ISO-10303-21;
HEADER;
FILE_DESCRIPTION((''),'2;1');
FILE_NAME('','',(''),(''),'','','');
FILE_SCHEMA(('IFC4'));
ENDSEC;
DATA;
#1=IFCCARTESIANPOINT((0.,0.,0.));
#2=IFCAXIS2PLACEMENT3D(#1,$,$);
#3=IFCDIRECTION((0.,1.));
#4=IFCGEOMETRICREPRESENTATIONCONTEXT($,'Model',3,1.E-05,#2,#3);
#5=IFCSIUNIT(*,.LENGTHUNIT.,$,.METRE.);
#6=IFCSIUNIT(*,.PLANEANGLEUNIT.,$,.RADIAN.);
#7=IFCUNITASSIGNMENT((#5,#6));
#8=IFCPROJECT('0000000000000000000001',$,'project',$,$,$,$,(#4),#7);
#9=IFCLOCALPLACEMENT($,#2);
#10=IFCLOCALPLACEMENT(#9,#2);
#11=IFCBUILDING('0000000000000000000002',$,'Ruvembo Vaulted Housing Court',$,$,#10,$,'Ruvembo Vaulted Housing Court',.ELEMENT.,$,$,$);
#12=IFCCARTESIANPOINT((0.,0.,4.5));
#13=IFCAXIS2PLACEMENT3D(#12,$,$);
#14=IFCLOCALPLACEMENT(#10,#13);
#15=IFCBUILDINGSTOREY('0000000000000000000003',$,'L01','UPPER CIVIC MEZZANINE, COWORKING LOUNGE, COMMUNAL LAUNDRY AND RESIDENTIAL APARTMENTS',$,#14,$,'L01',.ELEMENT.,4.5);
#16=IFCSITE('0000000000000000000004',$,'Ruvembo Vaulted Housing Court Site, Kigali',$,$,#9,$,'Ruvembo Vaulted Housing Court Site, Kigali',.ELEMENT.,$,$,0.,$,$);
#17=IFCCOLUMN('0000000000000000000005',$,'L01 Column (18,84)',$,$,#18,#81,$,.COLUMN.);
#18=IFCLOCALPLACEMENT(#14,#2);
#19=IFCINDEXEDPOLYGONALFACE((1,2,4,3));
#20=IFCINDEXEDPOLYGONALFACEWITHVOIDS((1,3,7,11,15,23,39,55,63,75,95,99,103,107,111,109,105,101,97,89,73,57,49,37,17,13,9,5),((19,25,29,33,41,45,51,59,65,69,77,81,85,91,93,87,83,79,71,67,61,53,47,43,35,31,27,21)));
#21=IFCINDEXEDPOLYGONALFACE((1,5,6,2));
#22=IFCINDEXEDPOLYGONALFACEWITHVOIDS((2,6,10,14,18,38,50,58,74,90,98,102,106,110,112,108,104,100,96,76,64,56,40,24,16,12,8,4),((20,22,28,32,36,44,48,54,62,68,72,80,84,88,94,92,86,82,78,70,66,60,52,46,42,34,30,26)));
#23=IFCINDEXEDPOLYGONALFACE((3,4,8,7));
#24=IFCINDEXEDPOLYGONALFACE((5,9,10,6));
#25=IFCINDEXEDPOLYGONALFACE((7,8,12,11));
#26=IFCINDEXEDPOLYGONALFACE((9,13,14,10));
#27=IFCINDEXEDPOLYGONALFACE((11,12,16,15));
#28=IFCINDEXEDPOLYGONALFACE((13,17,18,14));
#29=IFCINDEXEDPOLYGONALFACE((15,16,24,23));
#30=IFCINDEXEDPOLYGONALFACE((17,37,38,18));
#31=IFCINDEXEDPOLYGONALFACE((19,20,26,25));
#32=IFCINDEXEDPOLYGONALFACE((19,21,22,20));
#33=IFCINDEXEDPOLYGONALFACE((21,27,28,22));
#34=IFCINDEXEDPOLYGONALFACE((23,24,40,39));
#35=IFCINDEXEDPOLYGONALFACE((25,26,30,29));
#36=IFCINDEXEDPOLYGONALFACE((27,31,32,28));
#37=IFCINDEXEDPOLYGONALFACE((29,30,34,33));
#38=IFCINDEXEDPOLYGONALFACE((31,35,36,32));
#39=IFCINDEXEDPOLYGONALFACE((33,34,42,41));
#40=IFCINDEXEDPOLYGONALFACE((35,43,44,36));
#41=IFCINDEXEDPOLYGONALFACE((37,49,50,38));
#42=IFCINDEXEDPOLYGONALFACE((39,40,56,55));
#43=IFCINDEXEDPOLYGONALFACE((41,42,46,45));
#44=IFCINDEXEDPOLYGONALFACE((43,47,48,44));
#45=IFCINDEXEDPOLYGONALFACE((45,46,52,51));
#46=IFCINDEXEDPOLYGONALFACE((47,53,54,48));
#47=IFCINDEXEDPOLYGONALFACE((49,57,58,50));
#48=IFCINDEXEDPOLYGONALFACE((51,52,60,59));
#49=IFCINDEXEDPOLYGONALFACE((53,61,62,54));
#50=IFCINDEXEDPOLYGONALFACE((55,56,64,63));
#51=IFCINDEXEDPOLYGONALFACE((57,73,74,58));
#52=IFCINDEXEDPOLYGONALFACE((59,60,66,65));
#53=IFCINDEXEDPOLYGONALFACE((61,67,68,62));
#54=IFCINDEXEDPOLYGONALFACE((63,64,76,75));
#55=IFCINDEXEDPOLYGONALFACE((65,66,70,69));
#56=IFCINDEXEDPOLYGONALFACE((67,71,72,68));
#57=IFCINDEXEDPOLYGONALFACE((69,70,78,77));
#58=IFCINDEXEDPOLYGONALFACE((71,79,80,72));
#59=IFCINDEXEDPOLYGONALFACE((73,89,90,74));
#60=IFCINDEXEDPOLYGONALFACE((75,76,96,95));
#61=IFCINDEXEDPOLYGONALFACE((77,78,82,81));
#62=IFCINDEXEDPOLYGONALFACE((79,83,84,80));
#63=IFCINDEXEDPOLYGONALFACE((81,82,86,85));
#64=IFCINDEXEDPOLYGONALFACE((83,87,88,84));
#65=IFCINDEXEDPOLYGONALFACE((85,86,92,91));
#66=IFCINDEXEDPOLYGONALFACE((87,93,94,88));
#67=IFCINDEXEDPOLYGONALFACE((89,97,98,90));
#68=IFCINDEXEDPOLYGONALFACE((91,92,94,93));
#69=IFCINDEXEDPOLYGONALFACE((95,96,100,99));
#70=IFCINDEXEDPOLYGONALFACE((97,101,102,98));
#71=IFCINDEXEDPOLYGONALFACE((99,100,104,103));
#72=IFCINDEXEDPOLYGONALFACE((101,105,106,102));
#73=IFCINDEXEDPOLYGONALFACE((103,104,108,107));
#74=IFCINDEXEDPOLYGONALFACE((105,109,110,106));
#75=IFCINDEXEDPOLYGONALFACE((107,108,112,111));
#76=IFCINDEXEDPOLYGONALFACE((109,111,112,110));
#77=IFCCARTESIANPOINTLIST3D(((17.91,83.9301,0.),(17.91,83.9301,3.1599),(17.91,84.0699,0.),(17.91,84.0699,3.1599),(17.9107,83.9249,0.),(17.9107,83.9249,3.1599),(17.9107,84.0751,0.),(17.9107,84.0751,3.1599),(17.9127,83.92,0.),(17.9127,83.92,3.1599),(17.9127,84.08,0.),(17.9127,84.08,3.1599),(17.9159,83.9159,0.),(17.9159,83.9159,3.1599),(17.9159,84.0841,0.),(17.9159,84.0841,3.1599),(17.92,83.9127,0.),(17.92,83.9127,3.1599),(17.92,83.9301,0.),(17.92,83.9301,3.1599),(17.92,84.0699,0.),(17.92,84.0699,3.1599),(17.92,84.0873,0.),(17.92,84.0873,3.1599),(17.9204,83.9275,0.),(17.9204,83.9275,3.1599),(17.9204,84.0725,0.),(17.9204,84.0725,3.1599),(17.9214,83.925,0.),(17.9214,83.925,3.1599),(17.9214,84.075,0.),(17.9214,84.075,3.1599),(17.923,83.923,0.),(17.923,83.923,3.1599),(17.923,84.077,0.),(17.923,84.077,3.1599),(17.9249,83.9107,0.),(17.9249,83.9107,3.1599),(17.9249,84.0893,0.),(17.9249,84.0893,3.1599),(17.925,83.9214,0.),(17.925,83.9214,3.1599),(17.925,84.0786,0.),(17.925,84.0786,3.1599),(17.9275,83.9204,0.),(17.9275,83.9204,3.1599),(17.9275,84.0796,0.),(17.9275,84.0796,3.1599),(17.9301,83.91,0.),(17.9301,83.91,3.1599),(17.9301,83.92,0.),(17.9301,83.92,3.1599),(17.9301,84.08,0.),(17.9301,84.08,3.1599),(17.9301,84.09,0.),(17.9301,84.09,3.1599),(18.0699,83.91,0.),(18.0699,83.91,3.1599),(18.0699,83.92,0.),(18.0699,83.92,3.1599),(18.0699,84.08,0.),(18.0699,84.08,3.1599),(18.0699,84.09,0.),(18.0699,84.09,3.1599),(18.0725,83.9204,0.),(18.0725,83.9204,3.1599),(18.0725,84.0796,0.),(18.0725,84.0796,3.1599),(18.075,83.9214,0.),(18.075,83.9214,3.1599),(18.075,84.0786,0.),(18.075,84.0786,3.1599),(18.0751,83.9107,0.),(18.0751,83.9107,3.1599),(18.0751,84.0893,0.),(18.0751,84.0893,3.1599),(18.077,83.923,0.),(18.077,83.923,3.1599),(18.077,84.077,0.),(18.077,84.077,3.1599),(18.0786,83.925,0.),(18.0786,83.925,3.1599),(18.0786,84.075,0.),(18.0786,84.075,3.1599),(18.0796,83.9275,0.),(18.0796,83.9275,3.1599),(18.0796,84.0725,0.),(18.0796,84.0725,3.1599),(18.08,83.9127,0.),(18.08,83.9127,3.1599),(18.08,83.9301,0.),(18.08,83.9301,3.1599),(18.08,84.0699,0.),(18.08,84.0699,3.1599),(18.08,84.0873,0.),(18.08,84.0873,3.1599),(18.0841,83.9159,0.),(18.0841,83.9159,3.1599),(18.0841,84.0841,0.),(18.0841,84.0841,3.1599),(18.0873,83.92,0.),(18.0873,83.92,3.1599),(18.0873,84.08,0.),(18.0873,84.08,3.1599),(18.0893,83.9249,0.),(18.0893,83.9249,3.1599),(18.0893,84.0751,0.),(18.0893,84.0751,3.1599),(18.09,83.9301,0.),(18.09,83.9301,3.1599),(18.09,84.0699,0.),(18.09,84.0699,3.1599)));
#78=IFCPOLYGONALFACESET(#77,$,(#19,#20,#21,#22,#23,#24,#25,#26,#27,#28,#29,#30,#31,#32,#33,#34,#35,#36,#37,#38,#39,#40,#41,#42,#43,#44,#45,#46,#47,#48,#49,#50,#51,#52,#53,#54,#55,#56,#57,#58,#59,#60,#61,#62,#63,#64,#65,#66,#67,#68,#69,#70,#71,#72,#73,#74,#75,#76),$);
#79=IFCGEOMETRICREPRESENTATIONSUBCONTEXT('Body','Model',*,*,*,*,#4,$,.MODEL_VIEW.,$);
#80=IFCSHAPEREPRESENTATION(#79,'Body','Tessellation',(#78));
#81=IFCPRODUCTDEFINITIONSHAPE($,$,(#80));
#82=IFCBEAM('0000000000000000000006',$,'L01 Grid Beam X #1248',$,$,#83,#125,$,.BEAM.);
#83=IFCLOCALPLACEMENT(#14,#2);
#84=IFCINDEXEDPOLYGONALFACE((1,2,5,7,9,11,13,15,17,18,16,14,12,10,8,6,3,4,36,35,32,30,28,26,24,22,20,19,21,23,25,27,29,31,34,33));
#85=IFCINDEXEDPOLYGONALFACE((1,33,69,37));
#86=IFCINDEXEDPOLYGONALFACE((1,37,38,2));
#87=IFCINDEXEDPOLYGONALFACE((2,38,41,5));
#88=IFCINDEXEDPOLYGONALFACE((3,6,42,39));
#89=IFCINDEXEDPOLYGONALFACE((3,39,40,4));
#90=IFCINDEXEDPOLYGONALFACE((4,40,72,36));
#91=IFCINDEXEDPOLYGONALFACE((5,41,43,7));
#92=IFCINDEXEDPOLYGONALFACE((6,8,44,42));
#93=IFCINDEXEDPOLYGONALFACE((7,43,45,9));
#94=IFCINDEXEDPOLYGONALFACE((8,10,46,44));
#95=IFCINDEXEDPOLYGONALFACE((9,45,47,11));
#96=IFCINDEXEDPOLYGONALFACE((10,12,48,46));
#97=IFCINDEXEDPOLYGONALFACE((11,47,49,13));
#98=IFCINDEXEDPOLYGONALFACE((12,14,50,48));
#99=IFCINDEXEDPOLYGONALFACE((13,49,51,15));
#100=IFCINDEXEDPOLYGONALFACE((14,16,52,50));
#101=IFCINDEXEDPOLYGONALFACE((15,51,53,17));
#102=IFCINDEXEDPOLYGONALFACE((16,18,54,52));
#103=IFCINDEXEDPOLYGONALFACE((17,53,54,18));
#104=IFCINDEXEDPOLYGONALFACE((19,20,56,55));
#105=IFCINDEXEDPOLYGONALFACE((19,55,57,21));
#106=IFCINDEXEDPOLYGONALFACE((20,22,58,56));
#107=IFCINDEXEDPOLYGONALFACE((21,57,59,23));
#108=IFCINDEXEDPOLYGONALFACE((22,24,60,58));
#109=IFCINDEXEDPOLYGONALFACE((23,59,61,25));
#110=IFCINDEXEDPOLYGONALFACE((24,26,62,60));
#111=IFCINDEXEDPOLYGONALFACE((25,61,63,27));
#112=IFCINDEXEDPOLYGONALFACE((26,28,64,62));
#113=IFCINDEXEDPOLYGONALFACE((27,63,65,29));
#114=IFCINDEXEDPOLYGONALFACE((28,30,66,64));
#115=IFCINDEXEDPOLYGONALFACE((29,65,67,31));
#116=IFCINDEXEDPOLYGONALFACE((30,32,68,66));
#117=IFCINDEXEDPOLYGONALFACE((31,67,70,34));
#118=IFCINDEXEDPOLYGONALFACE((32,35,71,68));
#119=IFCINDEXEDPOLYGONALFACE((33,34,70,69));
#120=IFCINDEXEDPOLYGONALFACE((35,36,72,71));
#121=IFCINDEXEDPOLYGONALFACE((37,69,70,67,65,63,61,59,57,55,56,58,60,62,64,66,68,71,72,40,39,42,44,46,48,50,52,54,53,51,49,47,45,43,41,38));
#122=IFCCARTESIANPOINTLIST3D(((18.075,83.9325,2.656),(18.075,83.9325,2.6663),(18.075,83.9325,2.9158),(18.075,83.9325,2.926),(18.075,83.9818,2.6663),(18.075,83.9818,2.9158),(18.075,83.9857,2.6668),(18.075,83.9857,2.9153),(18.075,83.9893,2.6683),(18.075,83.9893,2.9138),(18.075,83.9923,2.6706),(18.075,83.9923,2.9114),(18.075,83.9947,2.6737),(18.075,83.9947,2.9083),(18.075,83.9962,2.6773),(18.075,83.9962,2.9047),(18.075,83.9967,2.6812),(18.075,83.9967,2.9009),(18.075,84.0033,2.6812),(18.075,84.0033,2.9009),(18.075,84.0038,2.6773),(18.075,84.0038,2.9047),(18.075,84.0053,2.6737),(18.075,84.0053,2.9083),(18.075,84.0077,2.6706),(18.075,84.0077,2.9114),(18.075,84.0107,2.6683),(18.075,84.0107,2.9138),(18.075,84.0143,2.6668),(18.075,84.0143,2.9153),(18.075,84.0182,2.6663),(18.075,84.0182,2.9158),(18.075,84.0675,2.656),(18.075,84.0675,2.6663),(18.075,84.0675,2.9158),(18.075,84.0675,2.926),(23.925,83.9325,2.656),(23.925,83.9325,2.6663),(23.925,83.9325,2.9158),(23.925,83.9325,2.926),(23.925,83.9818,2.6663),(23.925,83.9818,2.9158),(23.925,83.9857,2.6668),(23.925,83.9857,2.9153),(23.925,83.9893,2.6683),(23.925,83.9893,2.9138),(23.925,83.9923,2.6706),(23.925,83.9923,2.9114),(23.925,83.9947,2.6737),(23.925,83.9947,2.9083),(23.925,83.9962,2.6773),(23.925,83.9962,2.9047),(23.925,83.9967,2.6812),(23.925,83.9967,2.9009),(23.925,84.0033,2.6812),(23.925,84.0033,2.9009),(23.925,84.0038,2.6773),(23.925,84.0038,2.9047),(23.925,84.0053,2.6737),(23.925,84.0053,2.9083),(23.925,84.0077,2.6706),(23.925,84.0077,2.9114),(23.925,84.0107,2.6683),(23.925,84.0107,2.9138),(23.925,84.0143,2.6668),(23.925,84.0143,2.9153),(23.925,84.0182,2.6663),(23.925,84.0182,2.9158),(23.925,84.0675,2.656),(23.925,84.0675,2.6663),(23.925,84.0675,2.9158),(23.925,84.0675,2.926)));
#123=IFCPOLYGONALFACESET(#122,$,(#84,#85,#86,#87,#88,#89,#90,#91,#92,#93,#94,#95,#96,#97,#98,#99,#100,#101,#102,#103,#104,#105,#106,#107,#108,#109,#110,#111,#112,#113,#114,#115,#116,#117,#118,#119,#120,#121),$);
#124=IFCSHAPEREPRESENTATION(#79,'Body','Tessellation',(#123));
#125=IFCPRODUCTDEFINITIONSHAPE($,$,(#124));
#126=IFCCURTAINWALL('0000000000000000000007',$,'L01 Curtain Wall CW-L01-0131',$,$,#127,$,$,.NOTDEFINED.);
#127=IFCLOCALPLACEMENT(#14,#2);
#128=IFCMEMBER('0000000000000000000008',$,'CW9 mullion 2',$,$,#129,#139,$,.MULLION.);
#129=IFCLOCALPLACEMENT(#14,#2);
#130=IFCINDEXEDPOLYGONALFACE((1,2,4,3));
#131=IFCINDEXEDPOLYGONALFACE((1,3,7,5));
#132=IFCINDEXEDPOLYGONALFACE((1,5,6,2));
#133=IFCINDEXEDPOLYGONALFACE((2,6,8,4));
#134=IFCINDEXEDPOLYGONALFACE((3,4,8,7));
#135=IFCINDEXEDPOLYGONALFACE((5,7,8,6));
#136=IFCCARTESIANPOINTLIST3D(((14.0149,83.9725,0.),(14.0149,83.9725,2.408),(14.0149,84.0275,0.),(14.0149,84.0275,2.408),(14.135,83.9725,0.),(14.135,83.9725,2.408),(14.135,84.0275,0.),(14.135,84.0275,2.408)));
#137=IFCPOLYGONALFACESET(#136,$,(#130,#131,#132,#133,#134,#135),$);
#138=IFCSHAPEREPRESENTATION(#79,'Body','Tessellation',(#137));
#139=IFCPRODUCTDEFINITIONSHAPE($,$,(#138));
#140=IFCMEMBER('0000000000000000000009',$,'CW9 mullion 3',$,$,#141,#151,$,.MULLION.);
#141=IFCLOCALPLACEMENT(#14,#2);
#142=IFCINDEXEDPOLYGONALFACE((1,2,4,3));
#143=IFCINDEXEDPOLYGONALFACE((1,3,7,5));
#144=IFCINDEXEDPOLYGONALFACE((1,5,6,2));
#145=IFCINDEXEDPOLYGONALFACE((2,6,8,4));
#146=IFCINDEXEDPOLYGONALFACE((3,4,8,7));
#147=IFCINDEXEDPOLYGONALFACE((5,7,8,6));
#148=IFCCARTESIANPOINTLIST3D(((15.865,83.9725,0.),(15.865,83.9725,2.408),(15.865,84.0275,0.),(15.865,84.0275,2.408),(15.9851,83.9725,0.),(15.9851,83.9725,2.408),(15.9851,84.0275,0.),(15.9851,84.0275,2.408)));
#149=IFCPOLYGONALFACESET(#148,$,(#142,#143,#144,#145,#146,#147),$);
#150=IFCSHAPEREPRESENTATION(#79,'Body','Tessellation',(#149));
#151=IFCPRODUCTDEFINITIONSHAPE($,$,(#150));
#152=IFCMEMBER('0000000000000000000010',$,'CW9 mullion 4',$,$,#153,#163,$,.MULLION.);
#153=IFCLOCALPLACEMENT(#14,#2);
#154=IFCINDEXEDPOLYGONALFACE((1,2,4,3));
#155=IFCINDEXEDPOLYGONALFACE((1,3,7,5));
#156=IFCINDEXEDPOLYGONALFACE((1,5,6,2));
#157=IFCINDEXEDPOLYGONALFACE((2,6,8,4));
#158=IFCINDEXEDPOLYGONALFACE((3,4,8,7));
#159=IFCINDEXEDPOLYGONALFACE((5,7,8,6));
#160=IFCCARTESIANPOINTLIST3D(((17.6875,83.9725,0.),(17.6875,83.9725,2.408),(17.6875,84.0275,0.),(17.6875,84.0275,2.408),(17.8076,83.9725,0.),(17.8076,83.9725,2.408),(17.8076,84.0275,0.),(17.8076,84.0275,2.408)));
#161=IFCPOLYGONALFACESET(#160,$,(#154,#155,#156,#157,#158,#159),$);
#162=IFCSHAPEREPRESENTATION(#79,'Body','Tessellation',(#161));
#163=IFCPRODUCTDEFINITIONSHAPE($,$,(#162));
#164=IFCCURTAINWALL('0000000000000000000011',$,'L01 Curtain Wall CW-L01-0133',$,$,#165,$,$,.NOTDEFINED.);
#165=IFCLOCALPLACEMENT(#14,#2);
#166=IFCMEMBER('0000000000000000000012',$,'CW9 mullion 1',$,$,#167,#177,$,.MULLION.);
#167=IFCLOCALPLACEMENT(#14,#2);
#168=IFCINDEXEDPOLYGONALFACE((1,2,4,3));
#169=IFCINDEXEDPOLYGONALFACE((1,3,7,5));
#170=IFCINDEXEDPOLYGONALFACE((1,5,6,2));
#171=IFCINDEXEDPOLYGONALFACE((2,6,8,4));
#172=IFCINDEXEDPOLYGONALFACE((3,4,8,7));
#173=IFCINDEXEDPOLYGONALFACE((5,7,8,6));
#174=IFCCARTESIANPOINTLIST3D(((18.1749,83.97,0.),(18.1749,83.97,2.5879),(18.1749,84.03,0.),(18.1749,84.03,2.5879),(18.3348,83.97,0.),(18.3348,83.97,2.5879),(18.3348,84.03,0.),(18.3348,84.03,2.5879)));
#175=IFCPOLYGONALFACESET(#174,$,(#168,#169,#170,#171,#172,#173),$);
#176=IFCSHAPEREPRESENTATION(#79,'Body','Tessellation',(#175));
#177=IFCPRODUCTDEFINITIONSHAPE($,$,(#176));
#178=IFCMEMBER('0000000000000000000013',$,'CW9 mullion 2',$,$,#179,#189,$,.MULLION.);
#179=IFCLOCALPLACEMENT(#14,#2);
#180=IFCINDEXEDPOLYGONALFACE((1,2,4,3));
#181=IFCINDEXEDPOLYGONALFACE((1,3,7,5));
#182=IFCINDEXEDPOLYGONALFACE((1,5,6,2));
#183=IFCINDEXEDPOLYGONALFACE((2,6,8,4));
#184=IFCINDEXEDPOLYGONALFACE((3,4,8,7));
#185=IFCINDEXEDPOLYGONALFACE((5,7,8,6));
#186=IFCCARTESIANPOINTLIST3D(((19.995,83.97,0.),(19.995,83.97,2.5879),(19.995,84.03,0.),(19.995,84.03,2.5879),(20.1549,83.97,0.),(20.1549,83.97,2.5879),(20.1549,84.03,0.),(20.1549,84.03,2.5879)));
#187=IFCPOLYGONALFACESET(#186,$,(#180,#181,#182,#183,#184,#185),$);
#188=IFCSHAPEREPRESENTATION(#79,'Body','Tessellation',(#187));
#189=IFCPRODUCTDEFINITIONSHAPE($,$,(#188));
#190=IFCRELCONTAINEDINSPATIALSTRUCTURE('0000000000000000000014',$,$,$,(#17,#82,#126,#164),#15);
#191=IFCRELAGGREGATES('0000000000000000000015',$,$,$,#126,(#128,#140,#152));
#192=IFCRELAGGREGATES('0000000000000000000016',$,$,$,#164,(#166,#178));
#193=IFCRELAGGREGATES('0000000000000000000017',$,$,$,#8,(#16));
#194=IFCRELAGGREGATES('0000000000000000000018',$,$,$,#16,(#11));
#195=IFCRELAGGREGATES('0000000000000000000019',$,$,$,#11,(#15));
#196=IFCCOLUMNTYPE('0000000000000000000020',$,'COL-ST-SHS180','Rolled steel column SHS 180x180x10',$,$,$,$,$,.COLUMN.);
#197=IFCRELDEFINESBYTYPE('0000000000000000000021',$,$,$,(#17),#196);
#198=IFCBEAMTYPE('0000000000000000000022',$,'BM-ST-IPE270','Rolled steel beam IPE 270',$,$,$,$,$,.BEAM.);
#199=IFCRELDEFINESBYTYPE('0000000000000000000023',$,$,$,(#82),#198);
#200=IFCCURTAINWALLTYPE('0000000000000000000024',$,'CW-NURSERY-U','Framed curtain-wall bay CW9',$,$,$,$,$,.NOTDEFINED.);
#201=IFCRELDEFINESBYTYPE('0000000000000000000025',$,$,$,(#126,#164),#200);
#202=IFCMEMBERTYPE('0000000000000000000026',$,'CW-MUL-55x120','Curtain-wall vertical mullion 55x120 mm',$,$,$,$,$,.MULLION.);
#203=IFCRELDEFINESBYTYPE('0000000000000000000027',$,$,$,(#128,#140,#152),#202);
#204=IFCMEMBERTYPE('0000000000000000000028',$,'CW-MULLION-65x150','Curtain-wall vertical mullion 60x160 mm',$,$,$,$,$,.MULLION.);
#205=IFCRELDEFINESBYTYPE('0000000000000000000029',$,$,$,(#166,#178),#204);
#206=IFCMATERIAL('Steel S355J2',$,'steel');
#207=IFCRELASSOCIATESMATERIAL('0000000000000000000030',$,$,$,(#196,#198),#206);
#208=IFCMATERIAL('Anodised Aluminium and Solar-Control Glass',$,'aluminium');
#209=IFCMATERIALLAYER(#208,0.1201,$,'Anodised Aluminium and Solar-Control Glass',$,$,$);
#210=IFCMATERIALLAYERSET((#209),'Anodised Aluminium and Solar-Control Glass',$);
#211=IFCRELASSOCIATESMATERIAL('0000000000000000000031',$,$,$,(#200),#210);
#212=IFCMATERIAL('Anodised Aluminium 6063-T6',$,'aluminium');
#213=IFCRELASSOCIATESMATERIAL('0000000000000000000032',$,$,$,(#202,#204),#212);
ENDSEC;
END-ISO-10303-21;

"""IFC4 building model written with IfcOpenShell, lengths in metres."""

from ifc_helpers import new_model, si_unit, direction, frame, origin, origin_2d, place, context, subcontext, project, spatial, rectangle, hollow_rectangle, i_section, extrude, material, layer, layer_set, material_profile, profile_set, type_object, element, aggregate, save


model = new_model("IFC4")

# Units and contexts
model_context = context("Model", 3, precision=1e-05, world=origin(), true_north=direction((0.0, 1.0)))
body_context = subcontext(model_context, "Body", "Model", "MODEL_VIEW")
ifc_project = project(units=[si_unit("LENGTHUNIT", "METRE"), si_unit("PLANEANGLEUNIT", "RADIAN")], contexts=[model_context])

# Site, building, storey
site_placement = place(None, origin())
site = spatial("IfcSite", under=ifc_project, at=site_placement, Name="Ruvembo Vaulted Housing Court Site, Kigali", LongName="Ruvembo Vaulted Housing Court Site, Kigali", CompositionType="ELEMENT", RefElevation=0.0)
building_placement = place(site_placement, origin())
building = spatial("IfcBuilding", under=site, at=building_placement, Name="Ruvembo Vaulted Housing Court", LongName="Ruvembo Vaulted Housing Court", CompositionType="ELEMENT")
storey_placement = place(building_placement, frame((0.0, 0.0, 4.5)))
storey = spatial("IfcBuildingStorey", under=building, at=storey_placement, Name="L01", Description="UPPER CIVIC MEZZANINE, COWORKING LOUNGE, COMMUNAL LAUNDRY AND RESIDENTIAL APARTMENTS", LongName="L01", CompositionType="ELEMENT", Elevation=4.5)

# Column
ifc_material_1 = material(Name="Steel S355J2", Category="steel")
ifc_material_profile_1 = material_profile(ifc_material_1, hollow_rectangle(XDim=0.1799, YDim=0.1799, WallThickness=0.01, InnerFilletRadius=0.01, OuterFilletRadius=0.02, at=origin_2d()), Name="SHS 180x180x10")
ifc_profile_set_1 = profile_set([ifc_material_profile_1], Name="Steel S355J2")
column_type = type_object("IfcColumnType", Name="COL-ST-SHS180", Description="Rolled steel column SHS 180x180x10", PredefinedType="COLUMN", material=ifc_profile_set_1)
column_placement = place(storey_placement, frame((18.0, 84.0, 0.0), z_axis=(0.0, 0.0, 1.0), x_axis=(1.0, 0.0, 0.0)))
element("IfcColumn", 1, at=column_placement, inside=storey, type_object=column_type, Name="L01 Column (18,84)", PredefinedType="COLUMN", context=body_context, shape_type="SweptSolid", body=[
    extrude(hollow_rectangle(XDim=0.1799, YDim=0.1799, WallThickness=0.01, InnerFilletRadius=0.01, OuterFilletRadius=0.02, at=origin_2d()), origin(), (0.0, 0.0, 1.0), 3.1599),
])

# Beam
ifc_material_profile_2 = material_profile(ifc_material_1, i_section(OverallWidth=0.135, OverallDepth=0.27, WebThickness=0.0066, FlangeThickness=0.0103, FilletRadius=0.0149, at=origin_2d()), Name="IPE 270")
ifc_profile_set_2 = profile_set([ifc_material_profile_2], Name="Steel S355J2")
beam_type = type_object("IfcBeamType", Name="BM-ST-IPE270", Description="Rolled steel beam IPE 270", PredefinedType="BEAM", material=ifc_profile_set_2)
beam_placement = place(storey_placement, frame((18.075, 84.0, 2.791), z_axis=(1.0, 0.0, 0.0), x_axis=(0.0, 1.0, 0.0)))
element("IfcBeam", 2, at=beam_placement, inside=storey, type_object=beam_type, Name="L01 Grid Beam X #1248", PredefinedType="BEAM", context=body_context, shape_type="SweptSolid", body=[
    extrude(i_section(OverallWidth=0.135, OverallDepth=0.27, WebThickness=0.0066, FlangeThickness=0.0103, FilletRadius=0.0149, at=origin_2d()), origin(), (0.0, 0.0, 1.0), 5.8501),
])

# Curtain walls, members
ifc_material_2 = material(Name="Anodised Aluminium and Solar-Control Glass", Category="aluminium")
ifc_layer_1 = layer(ifc_material_2, 0.1201, Name="Anodised Aluminium and Solar-Control Glass")
ifc_layer_set_1 = layer_set([ifc_layer_1], Name="Anodised Aluminium and Solar-Control Glass")
curtain_wall_type = type_object("IfcCurtainWallType", Name="CW-NURSERY-U", Description="Framed curtain-wall bay CW9", PredefinedType="NOTDEFINED", material=ifc_layer_set_1)
curtain_wall_1_placement = place(storey_placement, origin())
curtain_wall_1 = element("IfcCurtainWall", 3, at=curtain_wall_1_placement, inside=storey, type_object=curtain_wall_type, Name="L01 Curtain Wall CW-L01-0131", PredefinedType="NOTDEFINED")
ifc_material_3 = material(Name="Anodised Aluminium 6063-T6", Category="aluminium")
ifc_material_profile_3 = material_profile(ifc_material_3, rectangle(XDim=0.0549, YDim=0.1201, at=origin_2d()), Name="ALU 55x120")
ifc_profile_set_3 = profile_set([ifc_material_profile_3], Name="Anodised Aluminium 6063-T6")
member_type_1 = type_object("IfcMemberType", Name="CW-MUL-55x120", Description="Curtain-wall vertical mullion 55x120 mm", PredefinedType="MULLION", material=ifc_profile_set_3)
member_1_placement = place(storey_placement, frame((14.075, 84.0, 0.0), z_axis=(0.0, 0.0, 1.0), x_axis=(0.0, 1.0, 0.0)))
member_1 = element("IfcMember", 4, at=member_1_placement, type_object=member_type_1, Name="CW9 mullion 2", PredefinedType="MULLION", context=body_context, shape_type="SweptSolid", body=[
    extrude(rectangle(XDim=0.0549, YDim=0.1201, at=origin_2d()), origin(), (0.0, 0.0, 1.0), 2.408),
])
member_2_placement = place(storey_placement, frame((15.925, 84.0, 0.0), z_axis=(0.0, 0.0, 1.0), x_axis=(0.0, 1.0, 0.0)))
member_2 = element("IfcMember", 5, at=member_2_placement, type_object=member_type_1, Name="CW9 mullion 3", PredefinedType="MULLION", context=body_context, shape_type="SweptSolid", body=[
    extrude(rectangle(XDim=0.0549, YDim=0.1201, at=origin_2d()), origin(), (0.0, 0.0, 1.0), 2.408),
])
member_3_placement = place(storey_placement, frame((17.7476, 84.0, 0.0), z_axis=(0.0, 0.0, 1.0), x_axis=(0.0, 1.0, 0.0)))
member_3 = element("IfcMember", 6, at=member_3_placement, type_object=member_type_1, Name="CW9 mullion 4", PredefinedType="MULLION", context=body_context, shape_type="SweptSolid", body=[
    extrude(rectangle(XDim=0.0549, YDim=0.1201, at=origin_2d()), origin(), (0.0, 0.0, 1.0), 2.408),
])
curtain_wall_2_placement = place(storey_placement, origin())
curtain_wall_2 = element("IfcCurtainWall", 7, at=curtain_wall_2_placement, inside=storey, type_object=curtain_wall_type, Name="L01 Curtain Wall CW-L01-0133", PredefinedType="NOTDEFINED")
ifc_material_profile_4 = material_profile(ifc_material_3, rectangle(XDim=0.0601, YDim=0.1599, at=origin_2d()), Name="ALU 60x160")
ifc_profile_set_4 = profile_set([ifc_material_profile_4], Name="Anodised Aluminium 6063-T6")
member_type_2 = type_object("IfcMemberType", Name="CW-MULLION-65x150", Description="Curtain-wall vertical mullion 60x160 mm", PredefinedType="MULLION", material=ifc_profile_set_4)
member_4_placement = place(storey_placement, frame((18.2549, 84.0, 0.0), z_axis=(0.0, 0.0, 1.0), x_axis=(0.0, 1.0, 0.0)))
member_4 = element("IfcMember", 8, at=member_4_placement, type_object=member_type_2, Name="CW9 mullion 1", PredefinedType="MULLION", context=body_context, shape_type="SweptSolid", body=[
    extrude(rectangle(XDim=0.0601, YDim=0.1599, at=origin_2d()), origin(), (0.0, 0.0, 1.0), 2.5879),
])
member_5_placement = place(storey_placement, frame((20.075, 84.0, 0.0), z_axis=(0.0, 0.0, 1.0), x_axis=(0.0, 1.0, 0.0)))
member_5 = element("IfcMember", 9, at=member_5_placement, type_object=member_type_2, Name="CW9 mullion 2", PredefinedType="MULLION", context=body_context, shape_type="SweptSolid", body=[
    extrude(rectangle(XDim=0.0601, YDim=0.1599, at=origin_2d()), origin(), (0.0, 0.0, 1.0), 2.5879),
])

aggregate(curtain_wall_1, [member_1, member_2, member_3])
aggregate(curtain_wall_2, [member_4, member_5])

save(model, "model.ifc")
